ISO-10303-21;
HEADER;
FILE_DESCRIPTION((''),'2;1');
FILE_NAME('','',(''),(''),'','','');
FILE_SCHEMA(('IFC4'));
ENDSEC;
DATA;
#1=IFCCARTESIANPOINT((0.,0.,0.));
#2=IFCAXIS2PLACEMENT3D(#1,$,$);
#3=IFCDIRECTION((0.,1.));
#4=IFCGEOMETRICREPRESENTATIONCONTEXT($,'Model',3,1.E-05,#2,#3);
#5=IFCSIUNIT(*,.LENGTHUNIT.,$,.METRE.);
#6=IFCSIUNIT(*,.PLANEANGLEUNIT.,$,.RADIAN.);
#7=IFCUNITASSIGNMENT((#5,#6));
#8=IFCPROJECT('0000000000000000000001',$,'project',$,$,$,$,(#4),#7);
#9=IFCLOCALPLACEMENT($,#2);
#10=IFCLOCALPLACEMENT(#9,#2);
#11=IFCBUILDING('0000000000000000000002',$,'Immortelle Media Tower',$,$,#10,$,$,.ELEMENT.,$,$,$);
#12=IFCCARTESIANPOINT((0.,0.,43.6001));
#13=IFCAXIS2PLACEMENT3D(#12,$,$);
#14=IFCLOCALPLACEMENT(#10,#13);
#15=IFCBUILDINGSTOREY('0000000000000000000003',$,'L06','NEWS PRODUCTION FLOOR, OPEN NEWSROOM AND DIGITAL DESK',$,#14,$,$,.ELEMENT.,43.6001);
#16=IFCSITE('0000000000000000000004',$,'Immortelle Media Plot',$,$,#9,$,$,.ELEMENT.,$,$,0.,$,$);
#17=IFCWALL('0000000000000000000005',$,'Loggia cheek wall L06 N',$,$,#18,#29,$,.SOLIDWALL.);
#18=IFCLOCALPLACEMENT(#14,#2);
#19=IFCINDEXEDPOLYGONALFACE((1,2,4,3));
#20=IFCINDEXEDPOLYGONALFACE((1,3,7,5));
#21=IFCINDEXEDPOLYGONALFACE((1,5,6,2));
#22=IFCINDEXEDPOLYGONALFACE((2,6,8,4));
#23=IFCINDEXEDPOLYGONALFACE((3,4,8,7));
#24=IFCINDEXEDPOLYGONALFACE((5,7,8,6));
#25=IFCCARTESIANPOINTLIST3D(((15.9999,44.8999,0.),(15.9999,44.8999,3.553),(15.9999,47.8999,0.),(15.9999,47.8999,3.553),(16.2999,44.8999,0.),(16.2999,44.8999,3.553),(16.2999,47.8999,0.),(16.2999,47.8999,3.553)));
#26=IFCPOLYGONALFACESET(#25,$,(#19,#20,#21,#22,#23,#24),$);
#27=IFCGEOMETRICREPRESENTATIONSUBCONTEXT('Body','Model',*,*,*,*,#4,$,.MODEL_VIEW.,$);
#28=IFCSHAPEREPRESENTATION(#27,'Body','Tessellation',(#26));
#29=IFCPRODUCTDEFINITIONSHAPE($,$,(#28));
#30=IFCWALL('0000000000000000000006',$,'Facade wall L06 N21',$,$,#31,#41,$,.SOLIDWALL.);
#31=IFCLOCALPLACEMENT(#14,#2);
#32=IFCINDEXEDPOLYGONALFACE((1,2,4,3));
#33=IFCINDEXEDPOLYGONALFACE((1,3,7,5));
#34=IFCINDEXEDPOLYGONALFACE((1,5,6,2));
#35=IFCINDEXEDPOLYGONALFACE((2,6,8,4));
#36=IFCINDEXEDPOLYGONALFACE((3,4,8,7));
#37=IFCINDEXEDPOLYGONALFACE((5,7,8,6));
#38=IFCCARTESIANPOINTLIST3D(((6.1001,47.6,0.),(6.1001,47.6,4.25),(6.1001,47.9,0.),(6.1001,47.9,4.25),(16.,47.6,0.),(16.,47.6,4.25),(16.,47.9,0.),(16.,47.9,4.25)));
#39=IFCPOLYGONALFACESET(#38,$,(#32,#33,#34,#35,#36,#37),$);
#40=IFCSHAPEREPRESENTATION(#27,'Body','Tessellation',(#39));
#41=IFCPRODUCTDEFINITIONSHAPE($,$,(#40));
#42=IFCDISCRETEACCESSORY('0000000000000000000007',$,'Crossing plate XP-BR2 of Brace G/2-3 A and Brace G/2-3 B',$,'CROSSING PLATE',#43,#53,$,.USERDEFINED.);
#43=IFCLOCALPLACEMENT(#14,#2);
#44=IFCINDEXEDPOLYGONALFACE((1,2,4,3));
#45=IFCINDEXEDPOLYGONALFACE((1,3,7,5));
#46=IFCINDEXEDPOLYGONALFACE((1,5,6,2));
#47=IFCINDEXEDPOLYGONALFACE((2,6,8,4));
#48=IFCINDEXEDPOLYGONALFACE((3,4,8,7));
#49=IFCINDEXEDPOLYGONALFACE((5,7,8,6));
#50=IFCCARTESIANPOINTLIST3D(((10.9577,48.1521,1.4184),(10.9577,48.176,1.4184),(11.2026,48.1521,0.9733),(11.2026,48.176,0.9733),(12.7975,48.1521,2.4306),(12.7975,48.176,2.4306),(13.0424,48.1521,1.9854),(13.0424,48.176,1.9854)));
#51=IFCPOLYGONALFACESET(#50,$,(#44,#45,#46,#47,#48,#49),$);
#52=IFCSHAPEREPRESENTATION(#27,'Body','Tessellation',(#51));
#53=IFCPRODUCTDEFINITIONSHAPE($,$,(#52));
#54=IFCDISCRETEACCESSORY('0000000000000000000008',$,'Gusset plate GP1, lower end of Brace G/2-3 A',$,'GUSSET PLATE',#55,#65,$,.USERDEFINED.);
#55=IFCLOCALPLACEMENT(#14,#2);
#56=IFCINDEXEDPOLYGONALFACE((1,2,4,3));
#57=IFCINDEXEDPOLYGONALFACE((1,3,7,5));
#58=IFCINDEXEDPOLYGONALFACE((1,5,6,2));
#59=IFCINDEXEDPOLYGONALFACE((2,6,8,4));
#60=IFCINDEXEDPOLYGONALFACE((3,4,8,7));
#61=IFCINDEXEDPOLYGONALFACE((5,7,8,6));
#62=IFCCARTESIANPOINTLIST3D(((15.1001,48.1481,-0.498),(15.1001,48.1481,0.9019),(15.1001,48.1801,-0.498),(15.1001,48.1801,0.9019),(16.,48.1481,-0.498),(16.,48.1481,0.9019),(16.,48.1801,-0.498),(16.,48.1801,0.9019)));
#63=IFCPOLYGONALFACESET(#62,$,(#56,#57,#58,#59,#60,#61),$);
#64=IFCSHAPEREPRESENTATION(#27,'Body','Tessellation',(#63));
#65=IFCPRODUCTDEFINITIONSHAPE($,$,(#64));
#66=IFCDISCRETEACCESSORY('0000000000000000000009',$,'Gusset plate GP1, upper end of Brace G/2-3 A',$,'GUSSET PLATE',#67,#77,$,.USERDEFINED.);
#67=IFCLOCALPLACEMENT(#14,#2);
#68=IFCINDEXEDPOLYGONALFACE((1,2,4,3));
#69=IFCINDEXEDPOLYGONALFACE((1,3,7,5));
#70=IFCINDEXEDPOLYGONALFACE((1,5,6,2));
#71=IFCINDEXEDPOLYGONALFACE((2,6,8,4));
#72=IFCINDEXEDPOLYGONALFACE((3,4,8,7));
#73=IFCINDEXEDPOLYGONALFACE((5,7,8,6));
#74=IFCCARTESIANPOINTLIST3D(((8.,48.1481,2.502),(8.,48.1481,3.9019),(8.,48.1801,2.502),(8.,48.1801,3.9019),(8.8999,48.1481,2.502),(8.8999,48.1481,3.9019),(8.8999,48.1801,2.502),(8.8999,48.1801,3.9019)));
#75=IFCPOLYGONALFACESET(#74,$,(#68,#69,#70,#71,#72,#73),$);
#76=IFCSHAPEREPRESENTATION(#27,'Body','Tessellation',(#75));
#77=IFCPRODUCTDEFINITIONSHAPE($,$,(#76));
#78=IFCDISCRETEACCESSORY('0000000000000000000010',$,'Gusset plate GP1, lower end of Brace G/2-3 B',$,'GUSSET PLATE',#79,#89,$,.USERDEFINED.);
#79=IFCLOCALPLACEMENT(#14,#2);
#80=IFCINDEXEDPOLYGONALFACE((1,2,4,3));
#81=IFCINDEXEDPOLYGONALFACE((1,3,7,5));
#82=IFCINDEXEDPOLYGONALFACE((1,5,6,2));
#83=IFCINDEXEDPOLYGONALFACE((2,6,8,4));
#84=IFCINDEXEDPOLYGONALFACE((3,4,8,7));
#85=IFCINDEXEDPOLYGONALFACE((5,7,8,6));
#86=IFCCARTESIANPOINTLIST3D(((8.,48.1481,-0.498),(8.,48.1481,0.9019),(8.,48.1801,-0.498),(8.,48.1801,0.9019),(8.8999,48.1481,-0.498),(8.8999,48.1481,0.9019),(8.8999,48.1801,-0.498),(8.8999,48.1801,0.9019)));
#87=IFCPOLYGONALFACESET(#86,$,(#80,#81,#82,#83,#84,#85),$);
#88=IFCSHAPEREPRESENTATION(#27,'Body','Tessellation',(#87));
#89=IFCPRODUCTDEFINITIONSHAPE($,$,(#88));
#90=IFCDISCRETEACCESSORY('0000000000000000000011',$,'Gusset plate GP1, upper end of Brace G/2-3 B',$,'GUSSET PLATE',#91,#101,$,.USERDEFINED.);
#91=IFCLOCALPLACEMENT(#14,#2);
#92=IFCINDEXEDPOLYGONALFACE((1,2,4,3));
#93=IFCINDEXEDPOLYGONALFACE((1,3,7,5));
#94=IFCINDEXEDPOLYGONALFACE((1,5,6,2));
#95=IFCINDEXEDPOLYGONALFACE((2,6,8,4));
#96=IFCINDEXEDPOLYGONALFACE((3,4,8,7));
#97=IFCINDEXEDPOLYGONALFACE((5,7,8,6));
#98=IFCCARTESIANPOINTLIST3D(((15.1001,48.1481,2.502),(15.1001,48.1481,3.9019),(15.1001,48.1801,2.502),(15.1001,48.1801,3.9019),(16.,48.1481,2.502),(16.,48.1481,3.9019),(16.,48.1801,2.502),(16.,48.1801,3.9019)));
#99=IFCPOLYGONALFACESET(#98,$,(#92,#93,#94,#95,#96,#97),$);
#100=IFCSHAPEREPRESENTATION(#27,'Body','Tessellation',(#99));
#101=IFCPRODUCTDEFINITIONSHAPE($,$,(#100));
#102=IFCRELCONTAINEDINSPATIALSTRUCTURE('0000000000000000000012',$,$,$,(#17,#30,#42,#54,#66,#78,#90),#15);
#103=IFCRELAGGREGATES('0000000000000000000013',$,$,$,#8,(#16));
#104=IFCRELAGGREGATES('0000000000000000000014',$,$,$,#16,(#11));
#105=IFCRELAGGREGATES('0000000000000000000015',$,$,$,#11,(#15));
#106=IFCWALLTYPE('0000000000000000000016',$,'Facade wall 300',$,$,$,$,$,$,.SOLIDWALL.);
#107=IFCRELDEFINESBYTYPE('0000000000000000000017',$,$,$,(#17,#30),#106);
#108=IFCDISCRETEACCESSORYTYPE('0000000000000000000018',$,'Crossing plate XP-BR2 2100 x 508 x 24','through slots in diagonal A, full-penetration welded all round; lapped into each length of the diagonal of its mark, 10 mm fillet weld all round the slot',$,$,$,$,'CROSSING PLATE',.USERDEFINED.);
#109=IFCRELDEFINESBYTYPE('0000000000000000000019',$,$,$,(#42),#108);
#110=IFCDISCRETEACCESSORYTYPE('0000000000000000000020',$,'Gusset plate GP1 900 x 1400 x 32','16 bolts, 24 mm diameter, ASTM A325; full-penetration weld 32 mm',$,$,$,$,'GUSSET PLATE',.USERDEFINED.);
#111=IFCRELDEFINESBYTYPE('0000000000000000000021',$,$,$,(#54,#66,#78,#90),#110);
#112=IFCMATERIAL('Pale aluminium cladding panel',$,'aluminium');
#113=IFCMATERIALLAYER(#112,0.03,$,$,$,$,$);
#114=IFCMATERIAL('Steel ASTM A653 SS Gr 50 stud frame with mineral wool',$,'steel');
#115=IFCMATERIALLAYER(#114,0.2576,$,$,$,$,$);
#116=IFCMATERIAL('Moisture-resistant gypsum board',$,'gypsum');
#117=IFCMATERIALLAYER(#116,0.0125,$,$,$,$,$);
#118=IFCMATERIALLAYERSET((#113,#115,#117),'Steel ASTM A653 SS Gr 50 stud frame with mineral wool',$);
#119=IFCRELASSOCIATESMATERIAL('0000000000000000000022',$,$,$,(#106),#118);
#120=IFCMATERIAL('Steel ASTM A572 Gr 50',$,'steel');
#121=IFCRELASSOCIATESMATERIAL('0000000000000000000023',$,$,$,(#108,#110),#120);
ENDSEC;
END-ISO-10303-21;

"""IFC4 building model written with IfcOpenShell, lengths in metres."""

from ifc_helpers import new_model, si_unit, direction, frame, frame_2d, origin, origin_2d, place, context, subcontext, project, spatial, rectangle, extrude, material, layer, layer_set, material_profile, profile_set, type_object, element, save


model = new_model("IFC4")

# Units and contexts
model_context = context("Model", 3, precision=1e-05, world=origin(), true_north=direction((0.0, 1.0)))
body_context = subcontext(model_context, "Body", "Model", "MODEL_VIEW")
ifc_project = project(units=[si_unit("LENGTHUNIT", "METRE"), si_unit("PLANEANGLEUNIT", "RADIAN")], contexts=[model_context])

# Site, building, storey
site_placement = place(None, origin())
site = spatial("IfcSite", under=ifc_project, at=site_placement, Name="Immortelle Media Plot", CompositionType="ELEMENT", RefElevation=0.0)
building_placement = place(site_placement, origin())
building = spatial("IfcBuilding", under=site, at=building_placement, Name="Immortelle Media Tower", CompositionType="ELEMENT")
storey_placement = place(building_placement, frame((0.0, 0.0, 43.6001)))
storey = spatial("IfcBuildingStorey", under=building, at=storey_placement, Name="L06", Description="NEWS PRODUCTION FLOOR, OPEN NEWSROOM AND DIGITAL DESK", CompositionType="ELEMENT", Elevation=43.6001)

# Walls
ifc_material_1 = material(Name="Pale aluminium cladding panel", Category="aluminium")
ifc_layer_1 = layer(ifc_material_1, 0.03)
ifc_material_2 = material(Name="Steel ASTM A653 SS Gr 50 stud frame with mineral wool", Category="steel")
ifc_layer_2 = layer(ifc_material_2, 0.2576)
ifc_material_3 = material(Name="Moisture-resistant gypsum board", Category="gypsum")
ifc_layer_3 = layer(ifc_material_3, 0.0125)
ifc_layer_set = layer_set([ifc_layer_1, ifc_layer_2, ifc_layer_3], Name="Steel ASTM A653 SS Gr 50 stud frame with mineral wool")
wall_type = type_object("IfcWallType", Name="Facade wall 300", PredefinedType="SOLIDWALL", material=ifc_layer_set)
wall_1_placement = place(storey_placement, frame((16.1499, 47.8999, 0.0), z_axis=(0.0, 0.0, 1.0), x_axis=(0.0, -1.0, 0.0)))
element("IfcWall", 1, at=wall_1_placement, inside=storey, type_object=wall_type, Name="Loggia cheek wall L06 N", PredefinedType="SOLIDWALL", context=body_context, shape_type="SweptSolid", body=[
    extrude(rectangle(XDim=3.0, YDim=0.3, at=frame_2d((1.5, 0.0))), origin(), (0.0, 0.0, 1.0), 3.553),
])
wall_2_placement = place(storey_placement, frame((16.0, 47.75, 0.0), z_axis=(0.0, 0.0, 1.0), x_axis=(-1.0, 0.0, 0.0)))
element("IfcWall", 2, at=wall_2_placement, inside=storey, type_object=wall_type, Name="Facade wall L06 N21", PredefinedType="SOLIDWALL", context=body_context, shape_type="SweptSolid", body=[
    extrude(rectangle(XDim=9.8999, YDim=0.3, at=frame_2d((4.95, 0.0))), origin(), (0.0, 0.0, 1.0), 4.25),
])

# Discrete accessories
ifc_material_4 = material(Name="Steel ASTM A572 Gr 50", Category="steel")
ifc_material_profile_1 = material_profile(ifc_material_4, rectangle(XDim=0.0239, YDim=0.5081, at=origin_2d()), Name="PL 24 x 508")
ifc_profile_set_1 = profile_set([ifc_material_profile_1], Name="Steel ASTM A572 Gr 50")
discrete_accessory_type_1 = type_object("IfcDiscreteAccessoryType", Name="Crossing plate XP-BR2 2100 x 508 x 24", Description="through slots in diagonal A, full-penetration welded all round; lapped into each length of the diagonal of its mark, 10 mm fillet weld all round the slot", ElementType="CROSSING PLATE", PredefinedType="USERDEFINED", material=ifc_profile_set_1)
discrete_accessory_placement = place(storey_placement, frame((12.9199, 48.1641, 2.208), z_axis=(-0.876157, 0.0, -0.482026), x_axis=(0.0, -1.0, 0.0)))
element("IfcDiscreteAccessory", 3, at=discrete_accessory_placement, inside=storey, type_object=discrete_accessory_type_1, Name="Crossing plate XP-BR2 of Brace G/2-3 A and Brace G/2-3 B", ObjectType="CROSSING PLATE", PredefinedType="USERDEFINED", context=body_context, shape_type="SweptSolid", body=[
    extrude(rectangle(XDim=0.0239, YDim=0.5081, at=origin_2d()), origin(), (0.0, 0.0, 1.0), 2.0999),
])
ifc_material_profile_2 = material_profile(ifc_material_4, rectangle(XDim=0.032, YDim=1.3999, at=origin_2d()), Name="PL 32 x 1400")
ifc_profile_set_2 = profile_set([ifc_material_profile_2], Name="Steel ASTM A572 Gr 50")
discrete_accessory_type_2 = type_object("IfcDiscreteAccessoryType", Name="Gusset plate GP1 900 x 1400 x 32", Description="16 bolts, 24 mm diameter, ASTM A325; full-penetration weld 32 mm", ElementType="GUSSET PLATE", PredefinedType="USERDEFINED", material=ifc_profile_set_2)
for number, where, z_axis, x_axis, name in (
    (4, (16.0, 48.1641, 0.2019), (-1.0, 0.0, 0.0), (0.0, -1.0, 0.0), "Gusset plate GP1, lower end of Brace G/2-3 A"),
    (5, (8.0, 48.1641, 3.2019), (1.0, 0.0, 0.0), (0.0, 1.0, 0.0), "Gusset plate GP1, upper end of Brace G/2-3 A"),
    (6, (8.0, 48.1641, 0.2019), (1.0, 0.0, 0.0), (0.0, 1.0, 0.0), "Gusset plate GP1, lower end of Brace G/2-3 B"),
    (7, (16.0, 48.1641, 3.2019), (-1.0, 0.0, 0.0), (0.0, -1.0, 0.0), "Gusset plate GP1, upper end of Brace G/2-3 B"),
):
    element("IfcDiscreteAccessory", number, at=place(storey_placement, frame(where, z_axis=z_axis, x_axis=x_axis)), inside=storey, type_object=discrete_accessory_type_2, Name=name, ObjectType="GUSSET PLATE", PredefinedType="USERDEFINED", context=body_context, shape_type="SweptSolid", body=[
        extrude(rectangle(XDim=0.032, YDim=1.3999, at=origin_2d()), origin(), (0.0, 0.0, 1.0), 0.8999),
    ])

save(model, "model.ifc")
